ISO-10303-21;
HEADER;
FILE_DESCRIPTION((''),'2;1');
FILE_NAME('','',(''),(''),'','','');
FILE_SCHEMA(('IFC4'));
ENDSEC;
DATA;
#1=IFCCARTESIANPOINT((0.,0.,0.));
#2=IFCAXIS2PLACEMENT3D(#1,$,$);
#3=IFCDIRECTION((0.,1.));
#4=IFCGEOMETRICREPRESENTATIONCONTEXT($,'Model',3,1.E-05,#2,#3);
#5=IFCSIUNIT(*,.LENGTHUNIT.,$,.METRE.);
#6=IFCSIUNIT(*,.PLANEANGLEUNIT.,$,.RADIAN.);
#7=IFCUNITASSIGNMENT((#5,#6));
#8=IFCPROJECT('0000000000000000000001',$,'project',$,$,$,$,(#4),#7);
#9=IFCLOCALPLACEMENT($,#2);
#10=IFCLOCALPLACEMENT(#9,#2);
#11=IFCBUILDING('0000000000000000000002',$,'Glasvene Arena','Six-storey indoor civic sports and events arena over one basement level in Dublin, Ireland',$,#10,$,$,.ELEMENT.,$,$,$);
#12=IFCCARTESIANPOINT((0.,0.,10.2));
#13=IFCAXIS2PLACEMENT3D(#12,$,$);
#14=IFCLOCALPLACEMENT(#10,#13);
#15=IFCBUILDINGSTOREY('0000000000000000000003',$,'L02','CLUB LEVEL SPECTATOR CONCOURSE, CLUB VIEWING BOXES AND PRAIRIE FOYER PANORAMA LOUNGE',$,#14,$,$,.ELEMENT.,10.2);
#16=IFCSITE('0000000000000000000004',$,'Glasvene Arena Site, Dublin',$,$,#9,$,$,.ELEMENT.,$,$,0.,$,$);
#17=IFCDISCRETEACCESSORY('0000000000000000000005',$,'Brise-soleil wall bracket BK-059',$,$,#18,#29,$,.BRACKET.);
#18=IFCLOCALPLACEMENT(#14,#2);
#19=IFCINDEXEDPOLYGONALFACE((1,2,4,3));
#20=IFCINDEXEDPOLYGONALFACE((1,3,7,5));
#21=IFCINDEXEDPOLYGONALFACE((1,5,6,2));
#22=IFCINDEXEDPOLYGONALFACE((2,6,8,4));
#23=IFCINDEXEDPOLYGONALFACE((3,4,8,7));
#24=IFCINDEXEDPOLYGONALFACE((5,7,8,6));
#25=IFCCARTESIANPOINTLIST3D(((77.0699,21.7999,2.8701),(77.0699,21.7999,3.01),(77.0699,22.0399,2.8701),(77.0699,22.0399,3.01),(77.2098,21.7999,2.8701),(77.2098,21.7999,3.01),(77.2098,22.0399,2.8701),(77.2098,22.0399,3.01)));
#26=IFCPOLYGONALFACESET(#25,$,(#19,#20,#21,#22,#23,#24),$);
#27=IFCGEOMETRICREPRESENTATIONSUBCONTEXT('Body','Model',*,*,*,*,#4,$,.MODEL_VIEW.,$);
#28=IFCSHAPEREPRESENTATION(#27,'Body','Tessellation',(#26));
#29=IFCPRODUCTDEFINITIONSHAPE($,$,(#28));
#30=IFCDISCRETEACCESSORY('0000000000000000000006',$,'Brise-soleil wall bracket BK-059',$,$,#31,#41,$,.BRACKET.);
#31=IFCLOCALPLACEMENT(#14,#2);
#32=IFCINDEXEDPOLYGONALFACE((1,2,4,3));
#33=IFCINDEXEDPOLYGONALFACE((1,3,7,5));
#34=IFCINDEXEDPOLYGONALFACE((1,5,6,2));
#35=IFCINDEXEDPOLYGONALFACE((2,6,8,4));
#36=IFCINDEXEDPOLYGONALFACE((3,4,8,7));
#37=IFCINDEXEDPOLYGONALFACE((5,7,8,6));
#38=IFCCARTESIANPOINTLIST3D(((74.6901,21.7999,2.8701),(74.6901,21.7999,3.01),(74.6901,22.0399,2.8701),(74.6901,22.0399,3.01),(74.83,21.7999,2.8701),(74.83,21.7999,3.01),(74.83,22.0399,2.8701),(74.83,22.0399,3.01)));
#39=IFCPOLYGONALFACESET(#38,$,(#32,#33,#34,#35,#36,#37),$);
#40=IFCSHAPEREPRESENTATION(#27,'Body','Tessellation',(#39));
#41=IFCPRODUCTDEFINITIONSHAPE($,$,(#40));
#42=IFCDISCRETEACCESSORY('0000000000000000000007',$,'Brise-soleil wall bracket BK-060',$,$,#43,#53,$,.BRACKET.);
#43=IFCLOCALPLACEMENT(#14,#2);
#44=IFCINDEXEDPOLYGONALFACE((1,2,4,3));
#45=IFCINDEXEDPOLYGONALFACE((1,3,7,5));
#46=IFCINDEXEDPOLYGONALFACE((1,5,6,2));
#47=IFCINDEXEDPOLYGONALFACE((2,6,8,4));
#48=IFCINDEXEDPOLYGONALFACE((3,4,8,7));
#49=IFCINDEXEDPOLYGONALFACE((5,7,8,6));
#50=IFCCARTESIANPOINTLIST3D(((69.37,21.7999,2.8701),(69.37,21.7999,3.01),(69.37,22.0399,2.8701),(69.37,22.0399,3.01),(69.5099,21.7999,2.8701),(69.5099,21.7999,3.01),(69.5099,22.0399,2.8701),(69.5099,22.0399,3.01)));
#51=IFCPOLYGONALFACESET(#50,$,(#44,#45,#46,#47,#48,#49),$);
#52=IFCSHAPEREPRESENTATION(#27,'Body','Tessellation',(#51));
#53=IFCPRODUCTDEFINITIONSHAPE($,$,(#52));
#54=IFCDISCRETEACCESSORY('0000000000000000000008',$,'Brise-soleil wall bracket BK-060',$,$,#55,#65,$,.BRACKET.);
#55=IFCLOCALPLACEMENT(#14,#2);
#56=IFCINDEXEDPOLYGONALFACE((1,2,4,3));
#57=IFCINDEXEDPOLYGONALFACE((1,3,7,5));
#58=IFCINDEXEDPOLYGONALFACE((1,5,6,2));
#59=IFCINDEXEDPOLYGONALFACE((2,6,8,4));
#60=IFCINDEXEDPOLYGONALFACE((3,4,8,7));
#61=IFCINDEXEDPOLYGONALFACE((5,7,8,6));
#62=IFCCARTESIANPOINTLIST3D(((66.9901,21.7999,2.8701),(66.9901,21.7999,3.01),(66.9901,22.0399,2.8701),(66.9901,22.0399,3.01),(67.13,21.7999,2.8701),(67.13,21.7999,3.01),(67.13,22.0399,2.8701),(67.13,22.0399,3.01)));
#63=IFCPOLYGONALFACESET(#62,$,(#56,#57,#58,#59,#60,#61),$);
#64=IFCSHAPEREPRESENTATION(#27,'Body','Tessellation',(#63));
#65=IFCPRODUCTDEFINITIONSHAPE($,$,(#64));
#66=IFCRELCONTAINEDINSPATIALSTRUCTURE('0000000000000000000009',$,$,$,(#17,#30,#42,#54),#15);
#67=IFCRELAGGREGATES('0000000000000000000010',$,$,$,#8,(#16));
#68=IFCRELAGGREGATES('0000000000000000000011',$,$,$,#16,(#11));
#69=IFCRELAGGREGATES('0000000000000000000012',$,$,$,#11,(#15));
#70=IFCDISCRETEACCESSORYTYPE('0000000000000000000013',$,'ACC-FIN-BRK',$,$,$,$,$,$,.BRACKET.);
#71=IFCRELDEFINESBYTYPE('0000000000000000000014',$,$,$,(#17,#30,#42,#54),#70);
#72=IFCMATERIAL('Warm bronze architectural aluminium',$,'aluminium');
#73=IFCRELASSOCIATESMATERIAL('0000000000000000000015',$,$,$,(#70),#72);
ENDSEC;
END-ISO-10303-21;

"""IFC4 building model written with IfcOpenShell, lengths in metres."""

from ifc_helpers import new_model, si_unit, direction, frame, origin, origin_2d, place, context, subcontext, project, spatial, rectangle, extrude, material, type_object, element, save


model = new_model("IFC4")

# Units and contexts
model_context = context("Model", 3, precision=1e-05, world=origin(), true_north=direction((0.0, 1.0)))
body_context = subcontext(model_context, "Body", "Model", "MODEL_VIEW")
ifc_project = project(units=[si_unit("LENGTHUNIT", "METRE"), si_unit("PLANEANGLEUNIT", "RADIAN")], contexts=[model_context])

# Site, building, storey
site_placement = place(None, origin())
site = spatial("IfcSite", under=ifc_project, at=site_placement, Name="Glasvene Arena Site, Dublin", CompositionType="ELEMENT", RefElevation=0.0)
building_placement = place(site_placement, origin())
building = spatial("IfcBuilding", under=site, at=building_placement, Name="Glasvene Arena", Description="Six-storey indoor civic sports and events arena over one basement level in Dublin, Ireland", CompositionType="ELEMENT")
storey_placement = place(building_placement, frame((0.0, 0.0, 10.2)))
storey = spatial("IfcBuildingStorey", under=building, at=storey_placement, Name="L02", Description="CLUB LEVEL SPECTATOR CONCOURSE, CLUB VIEWING BOXES AND PRAIRIE FOYER PANORAMA LOUNGE", CompositionType="ELEMENT", Elevation=10.2)

# Shared definitions
ifc_material_1 = material(Name="Warm bronze architectural aluminium", Category="aluminium")

# Discrete accessories
discrete_accessory_type_1 = type_object("IfcDiscreteAccessoryType", Name="ACC-FIN-BRK", PredefinedType="BRACKET", material=ifc_material_1)
for number, where, z_axis, x_axis, name in (
    (1, (77.1399, 21.9199, 2.8701), (0.0, 0.0, 1.0), (-1.0, 0.0, 0.0), "Brise-soleil wall bracket BK-059"),
    (2, (74.76, 21.9199, 2.8701), (0.0, 0.0, 1.0), (-1.0, 0.0, 0.0), "Brise-soleil wall bracket BK-059"),
    (3, (69.4399, 21.9199, 2.8701), (0.0, 0.0, 1.0), (-1.0, 0.0, 0.0), "Brise-soleil wall bracket BK-060"),
    (4, (67.0601, 21.9199, 2.8701), (0.0, 0.0, 1.0), (-1.0, 0.0, 0.0), "Brise-soleil wall bracket BK-060"),
):
    element("IfcDiscreteAccessory", number, at=place(storey_placement, frame(where, z_axis=z_axis, x_axis=x_axis)), inside=storey, type_object=discrete_accessory_type_1, Name=name, PredefinedType="BRACKET", context=body_context, shape_type="SweptSolid", body=[
        extrude(rectangle(XDim=0.1399, YDim=0.24, at=origin_2d()), origin(), (0.0, 0.0, 1.0), 0.1399),
    ])

save(model, "model.ifc")
